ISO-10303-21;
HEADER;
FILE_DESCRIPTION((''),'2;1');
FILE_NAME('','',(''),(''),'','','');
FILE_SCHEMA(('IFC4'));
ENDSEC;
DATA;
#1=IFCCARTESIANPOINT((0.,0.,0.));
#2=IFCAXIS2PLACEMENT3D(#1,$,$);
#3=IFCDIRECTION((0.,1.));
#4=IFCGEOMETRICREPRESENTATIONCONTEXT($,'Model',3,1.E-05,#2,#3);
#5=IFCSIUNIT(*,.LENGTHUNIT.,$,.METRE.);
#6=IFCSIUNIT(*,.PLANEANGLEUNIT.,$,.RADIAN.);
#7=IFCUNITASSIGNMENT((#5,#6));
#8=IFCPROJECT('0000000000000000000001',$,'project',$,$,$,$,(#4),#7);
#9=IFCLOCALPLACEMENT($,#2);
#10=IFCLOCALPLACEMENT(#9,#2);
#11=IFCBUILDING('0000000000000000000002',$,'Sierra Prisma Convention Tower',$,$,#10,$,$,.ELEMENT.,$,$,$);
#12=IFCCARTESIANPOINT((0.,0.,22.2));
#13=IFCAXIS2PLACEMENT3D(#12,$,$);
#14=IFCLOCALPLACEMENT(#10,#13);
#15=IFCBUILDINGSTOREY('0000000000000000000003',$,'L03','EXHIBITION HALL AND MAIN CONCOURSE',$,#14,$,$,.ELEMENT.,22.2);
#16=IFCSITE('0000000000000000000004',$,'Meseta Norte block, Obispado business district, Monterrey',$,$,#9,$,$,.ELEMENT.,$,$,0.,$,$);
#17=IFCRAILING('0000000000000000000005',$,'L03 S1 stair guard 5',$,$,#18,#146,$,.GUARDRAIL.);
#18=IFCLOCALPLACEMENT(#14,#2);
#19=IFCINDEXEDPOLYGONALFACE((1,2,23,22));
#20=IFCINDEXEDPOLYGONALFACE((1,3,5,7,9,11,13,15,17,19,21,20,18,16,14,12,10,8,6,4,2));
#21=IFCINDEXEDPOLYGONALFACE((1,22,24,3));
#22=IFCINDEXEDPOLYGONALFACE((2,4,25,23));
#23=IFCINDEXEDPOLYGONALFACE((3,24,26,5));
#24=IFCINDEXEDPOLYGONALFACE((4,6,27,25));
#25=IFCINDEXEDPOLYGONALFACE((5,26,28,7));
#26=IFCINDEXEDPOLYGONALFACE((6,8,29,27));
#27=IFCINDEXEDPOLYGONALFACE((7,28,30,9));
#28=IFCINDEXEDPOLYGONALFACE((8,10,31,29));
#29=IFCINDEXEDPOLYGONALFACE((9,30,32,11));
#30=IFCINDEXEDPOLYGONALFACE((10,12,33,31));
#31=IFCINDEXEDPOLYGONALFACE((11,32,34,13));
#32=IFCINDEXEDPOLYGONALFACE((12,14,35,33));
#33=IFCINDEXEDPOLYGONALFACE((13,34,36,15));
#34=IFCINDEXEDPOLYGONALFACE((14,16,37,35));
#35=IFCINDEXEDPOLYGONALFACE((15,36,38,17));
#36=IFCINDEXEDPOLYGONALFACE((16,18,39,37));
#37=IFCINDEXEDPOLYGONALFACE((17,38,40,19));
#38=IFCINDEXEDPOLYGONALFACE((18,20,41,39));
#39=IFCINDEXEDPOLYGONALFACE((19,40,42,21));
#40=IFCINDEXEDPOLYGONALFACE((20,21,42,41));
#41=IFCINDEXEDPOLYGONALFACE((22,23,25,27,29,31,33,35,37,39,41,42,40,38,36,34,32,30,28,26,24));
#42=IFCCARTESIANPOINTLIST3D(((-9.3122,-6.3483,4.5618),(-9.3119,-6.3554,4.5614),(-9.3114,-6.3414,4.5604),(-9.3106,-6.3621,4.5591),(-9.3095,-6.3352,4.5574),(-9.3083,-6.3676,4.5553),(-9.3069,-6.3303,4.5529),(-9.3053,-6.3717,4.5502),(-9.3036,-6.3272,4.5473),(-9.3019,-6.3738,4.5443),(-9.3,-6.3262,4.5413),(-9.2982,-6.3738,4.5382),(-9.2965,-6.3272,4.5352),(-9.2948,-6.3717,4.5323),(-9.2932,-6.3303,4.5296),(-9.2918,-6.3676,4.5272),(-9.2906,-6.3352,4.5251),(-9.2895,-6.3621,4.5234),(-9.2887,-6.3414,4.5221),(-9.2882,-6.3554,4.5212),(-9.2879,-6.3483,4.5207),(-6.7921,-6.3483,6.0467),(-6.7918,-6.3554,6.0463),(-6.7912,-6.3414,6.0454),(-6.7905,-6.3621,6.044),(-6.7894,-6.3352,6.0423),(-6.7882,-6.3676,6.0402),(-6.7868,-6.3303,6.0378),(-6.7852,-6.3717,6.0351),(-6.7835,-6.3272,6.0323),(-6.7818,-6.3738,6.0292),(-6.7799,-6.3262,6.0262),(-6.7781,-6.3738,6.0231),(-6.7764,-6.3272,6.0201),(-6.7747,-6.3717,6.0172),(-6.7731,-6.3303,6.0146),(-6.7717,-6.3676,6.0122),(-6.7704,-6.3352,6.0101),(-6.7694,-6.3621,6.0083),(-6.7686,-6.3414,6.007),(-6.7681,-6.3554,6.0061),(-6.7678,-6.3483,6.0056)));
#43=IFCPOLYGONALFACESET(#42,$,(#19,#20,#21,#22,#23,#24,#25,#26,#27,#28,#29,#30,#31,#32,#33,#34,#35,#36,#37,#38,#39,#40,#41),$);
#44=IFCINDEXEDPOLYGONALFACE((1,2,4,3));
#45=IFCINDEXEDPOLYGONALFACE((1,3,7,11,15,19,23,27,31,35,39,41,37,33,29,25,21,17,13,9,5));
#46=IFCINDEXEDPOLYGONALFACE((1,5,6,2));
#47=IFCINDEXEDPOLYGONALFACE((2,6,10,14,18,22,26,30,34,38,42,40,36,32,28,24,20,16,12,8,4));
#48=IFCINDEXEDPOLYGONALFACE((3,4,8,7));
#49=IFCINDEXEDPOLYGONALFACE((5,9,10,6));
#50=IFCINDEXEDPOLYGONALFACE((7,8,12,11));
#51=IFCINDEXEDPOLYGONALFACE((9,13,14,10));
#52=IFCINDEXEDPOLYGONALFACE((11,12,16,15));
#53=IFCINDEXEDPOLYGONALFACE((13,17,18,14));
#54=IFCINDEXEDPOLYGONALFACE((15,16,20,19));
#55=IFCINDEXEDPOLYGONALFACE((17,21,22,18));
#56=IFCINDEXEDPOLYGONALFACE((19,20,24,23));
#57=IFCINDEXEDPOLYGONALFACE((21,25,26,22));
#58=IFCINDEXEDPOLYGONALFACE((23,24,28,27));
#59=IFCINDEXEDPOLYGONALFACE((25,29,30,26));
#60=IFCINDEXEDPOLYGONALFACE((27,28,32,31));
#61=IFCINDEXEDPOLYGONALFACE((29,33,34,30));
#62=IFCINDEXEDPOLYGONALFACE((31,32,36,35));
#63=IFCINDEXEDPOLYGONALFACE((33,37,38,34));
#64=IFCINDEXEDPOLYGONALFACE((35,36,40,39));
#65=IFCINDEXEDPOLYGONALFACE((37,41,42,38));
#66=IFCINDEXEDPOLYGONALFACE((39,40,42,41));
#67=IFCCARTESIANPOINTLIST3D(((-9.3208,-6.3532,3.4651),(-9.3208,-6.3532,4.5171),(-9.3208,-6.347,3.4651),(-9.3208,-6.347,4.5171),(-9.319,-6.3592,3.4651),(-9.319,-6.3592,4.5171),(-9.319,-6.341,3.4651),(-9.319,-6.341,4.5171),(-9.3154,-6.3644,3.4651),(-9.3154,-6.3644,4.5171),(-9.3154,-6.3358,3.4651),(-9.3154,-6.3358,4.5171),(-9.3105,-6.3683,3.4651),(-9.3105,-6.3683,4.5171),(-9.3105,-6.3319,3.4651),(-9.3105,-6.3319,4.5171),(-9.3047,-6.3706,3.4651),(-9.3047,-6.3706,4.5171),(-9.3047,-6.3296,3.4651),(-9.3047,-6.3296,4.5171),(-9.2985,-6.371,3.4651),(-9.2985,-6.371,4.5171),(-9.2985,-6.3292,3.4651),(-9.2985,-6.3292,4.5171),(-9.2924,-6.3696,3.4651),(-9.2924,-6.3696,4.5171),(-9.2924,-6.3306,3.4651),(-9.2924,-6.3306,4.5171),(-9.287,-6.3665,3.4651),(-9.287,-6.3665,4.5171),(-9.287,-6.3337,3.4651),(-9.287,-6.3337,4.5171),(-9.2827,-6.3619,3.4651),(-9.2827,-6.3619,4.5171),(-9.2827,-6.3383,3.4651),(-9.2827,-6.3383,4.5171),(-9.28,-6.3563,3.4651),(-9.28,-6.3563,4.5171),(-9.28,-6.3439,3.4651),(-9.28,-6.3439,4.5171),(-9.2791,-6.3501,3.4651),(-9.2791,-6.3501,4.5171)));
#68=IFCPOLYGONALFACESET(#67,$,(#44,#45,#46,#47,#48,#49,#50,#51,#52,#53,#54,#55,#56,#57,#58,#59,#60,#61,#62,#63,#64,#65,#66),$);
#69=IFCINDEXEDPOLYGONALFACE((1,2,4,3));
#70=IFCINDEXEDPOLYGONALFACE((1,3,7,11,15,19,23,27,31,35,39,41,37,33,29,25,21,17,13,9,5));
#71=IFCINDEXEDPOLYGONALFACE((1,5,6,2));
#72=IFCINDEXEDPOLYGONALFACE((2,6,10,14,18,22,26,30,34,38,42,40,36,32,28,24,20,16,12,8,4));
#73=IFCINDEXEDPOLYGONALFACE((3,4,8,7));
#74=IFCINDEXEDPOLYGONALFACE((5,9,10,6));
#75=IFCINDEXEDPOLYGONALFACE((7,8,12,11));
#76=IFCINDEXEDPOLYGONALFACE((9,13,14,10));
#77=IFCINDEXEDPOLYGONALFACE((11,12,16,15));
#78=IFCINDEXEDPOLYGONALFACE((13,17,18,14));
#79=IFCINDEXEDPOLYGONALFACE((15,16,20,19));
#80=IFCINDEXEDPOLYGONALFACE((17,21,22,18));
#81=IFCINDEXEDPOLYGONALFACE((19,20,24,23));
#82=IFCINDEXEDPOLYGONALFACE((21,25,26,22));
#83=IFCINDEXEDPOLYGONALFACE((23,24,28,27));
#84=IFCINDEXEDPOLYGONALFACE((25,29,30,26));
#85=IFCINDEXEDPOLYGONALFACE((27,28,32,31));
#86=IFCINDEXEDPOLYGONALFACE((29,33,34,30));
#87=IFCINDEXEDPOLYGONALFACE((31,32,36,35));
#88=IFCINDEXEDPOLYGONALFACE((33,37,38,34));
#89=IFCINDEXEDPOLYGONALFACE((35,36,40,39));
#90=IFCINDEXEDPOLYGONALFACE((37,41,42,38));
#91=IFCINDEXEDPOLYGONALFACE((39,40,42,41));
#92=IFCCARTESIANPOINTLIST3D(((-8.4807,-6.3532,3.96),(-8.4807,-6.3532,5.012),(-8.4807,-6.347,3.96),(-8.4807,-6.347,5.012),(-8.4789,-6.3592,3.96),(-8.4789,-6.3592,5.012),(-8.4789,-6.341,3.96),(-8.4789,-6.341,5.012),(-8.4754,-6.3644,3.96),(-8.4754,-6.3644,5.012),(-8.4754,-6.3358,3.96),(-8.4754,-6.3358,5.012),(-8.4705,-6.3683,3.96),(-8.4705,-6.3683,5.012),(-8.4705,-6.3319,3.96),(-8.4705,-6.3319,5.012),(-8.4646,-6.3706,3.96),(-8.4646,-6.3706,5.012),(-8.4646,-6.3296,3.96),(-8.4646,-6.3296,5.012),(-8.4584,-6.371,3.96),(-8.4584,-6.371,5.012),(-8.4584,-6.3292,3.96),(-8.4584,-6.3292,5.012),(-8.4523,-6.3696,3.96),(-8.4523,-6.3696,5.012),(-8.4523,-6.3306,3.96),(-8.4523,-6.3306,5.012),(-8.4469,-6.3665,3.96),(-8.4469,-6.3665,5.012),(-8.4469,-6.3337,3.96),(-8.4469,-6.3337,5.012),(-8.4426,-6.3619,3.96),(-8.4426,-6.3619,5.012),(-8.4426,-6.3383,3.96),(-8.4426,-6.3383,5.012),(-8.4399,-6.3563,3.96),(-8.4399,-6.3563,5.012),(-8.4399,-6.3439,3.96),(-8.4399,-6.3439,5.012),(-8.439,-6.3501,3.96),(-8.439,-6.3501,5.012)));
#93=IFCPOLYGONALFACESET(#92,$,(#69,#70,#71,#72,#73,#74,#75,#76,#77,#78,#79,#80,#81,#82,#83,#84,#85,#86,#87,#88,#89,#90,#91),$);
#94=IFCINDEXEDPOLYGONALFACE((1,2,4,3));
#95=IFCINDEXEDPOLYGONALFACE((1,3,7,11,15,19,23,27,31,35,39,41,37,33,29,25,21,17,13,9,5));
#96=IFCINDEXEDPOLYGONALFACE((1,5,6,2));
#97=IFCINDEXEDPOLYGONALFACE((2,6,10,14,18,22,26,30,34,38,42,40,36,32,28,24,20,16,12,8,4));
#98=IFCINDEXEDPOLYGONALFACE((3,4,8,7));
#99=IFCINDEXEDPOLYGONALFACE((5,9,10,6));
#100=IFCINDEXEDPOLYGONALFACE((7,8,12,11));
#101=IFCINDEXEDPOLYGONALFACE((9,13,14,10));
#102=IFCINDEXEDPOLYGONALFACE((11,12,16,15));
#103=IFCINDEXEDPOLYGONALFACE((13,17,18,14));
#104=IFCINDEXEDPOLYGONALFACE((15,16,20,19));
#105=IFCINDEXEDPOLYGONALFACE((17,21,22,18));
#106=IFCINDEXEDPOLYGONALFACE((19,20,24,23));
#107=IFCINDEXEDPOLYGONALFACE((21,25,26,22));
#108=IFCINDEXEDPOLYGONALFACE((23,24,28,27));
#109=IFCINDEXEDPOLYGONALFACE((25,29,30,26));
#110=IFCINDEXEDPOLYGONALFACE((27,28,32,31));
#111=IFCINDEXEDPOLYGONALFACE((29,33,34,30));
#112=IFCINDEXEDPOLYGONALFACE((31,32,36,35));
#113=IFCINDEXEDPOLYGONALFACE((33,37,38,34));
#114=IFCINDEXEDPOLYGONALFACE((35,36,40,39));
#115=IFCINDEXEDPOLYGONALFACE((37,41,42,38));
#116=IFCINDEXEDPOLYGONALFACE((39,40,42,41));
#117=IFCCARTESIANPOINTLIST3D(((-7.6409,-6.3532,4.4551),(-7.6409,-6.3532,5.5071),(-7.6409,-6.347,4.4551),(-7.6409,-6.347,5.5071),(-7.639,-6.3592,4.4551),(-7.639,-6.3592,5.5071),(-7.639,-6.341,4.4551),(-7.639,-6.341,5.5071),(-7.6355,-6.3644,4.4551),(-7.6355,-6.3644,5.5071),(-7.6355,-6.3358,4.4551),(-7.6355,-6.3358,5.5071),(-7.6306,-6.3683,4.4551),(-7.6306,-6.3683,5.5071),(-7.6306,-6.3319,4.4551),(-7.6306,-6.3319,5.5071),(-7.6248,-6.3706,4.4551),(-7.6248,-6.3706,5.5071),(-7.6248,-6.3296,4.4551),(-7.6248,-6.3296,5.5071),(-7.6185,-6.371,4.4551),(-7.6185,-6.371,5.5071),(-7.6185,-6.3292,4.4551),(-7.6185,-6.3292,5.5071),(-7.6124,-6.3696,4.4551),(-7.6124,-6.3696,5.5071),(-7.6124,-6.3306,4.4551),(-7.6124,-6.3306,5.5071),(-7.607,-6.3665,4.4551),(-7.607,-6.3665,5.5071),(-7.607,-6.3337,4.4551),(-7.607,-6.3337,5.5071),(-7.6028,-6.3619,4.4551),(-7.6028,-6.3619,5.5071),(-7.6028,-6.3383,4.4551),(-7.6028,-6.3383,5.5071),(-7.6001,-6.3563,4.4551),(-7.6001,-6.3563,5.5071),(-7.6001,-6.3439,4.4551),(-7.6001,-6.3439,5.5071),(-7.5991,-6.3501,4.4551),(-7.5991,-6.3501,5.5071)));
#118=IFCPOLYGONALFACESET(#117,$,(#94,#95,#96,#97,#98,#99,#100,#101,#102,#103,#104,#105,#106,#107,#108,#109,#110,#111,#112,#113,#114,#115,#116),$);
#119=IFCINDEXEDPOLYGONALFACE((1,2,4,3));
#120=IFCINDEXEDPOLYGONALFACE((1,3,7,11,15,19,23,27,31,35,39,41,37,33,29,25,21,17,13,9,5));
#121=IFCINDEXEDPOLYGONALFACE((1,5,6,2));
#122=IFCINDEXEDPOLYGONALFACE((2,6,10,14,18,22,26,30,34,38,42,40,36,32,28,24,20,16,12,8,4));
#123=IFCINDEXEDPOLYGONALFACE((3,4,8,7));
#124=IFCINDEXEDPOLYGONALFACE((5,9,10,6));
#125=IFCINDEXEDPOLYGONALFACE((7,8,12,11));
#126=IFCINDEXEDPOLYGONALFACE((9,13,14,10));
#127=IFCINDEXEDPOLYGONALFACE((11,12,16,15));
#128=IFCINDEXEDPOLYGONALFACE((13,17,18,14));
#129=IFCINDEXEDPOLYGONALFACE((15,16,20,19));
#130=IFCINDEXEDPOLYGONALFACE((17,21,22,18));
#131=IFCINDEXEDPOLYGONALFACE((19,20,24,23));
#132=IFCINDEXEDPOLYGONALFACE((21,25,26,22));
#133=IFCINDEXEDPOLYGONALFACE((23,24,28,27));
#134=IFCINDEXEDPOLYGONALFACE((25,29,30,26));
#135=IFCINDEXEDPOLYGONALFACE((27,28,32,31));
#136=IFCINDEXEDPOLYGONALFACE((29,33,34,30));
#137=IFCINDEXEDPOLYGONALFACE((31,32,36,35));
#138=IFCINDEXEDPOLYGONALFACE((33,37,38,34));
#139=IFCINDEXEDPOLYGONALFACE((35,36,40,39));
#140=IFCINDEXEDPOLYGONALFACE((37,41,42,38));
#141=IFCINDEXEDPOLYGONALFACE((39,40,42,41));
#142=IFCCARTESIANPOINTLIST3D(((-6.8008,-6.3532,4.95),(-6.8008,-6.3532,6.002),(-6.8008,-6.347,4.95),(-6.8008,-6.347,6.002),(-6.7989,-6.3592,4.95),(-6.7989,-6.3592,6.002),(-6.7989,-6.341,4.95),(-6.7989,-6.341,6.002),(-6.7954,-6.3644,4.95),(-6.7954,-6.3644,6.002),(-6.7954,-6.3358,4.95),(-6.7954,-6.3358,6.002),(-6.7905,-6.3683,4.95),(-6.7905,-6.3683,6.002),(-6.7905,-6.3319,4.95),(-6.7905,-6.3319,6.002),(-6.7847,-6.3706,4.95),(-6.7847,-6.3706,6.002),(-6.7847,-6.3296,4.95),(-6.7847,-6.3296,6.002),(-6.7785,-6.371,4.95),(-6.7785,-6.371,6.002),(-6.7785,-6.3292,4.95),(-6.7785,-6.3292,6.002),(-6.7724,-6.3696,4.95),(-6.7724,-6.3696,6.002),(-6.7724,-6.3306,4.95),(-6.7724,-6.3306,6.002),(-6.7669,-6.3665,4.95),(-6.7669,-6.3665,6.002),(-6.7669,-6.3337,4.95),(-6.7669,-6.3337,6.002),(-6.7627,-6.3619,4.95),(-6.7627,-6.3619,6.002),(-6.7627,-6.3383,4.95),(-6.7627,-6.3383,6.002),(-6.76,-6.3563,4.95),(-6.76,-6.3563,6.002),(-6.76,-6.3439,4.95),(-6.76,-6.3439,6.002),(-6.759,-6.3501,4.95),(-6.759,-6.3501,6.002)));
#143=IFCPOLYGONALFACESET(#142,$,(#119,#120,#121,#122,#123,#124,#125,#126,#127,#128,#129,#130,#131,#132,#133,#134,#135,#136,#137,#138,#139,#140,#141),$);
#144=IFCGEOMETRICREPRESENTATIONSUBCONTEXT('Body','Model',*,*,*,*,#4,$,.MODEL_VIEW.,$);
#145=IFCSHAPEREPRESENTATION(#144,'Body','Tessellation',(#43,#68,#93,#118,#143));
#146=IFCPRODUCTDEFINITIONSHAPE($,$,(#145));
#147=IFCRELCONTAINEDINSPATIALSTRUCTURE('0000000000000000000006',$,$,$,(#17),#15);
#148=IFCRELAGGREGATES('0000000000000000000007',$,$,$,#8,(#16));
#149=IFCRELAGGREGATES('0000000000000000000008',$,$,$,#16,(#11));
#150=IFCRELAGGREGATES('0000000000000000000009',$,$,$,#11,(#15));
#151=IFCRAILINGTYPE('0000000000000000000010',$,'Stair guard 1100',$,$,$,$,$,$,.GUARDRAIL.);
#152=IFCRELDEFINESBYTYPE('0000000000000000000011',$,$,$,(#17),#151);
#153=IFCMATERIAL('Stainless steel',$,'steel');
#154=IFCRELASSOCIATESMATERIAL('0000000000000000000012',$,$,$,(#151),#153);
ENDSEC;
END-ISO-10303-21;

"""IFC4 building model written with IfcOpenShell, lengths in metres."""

from ifc_helpers import new_model, si_unit, direction, frame, origin, origin_2d, place, context, subcontext, project, spatial, circle, extrude, material, type_object, element, save


model = new_model("IFC4")

# Units and contexts
model_context = context("Model", 3, precision=1e-05, world=origin(), true_north=direction((0.0, 1.0)))
body_context = subcontext(model_context, "Body", "Model", "MODEL_VIEW")
ifc_project = project(units=[si_unit("LENGTHUNIT", "METRE"), si_unit("PLANEANGLEUNIT", "RADIAN")], contexts=[model_context])

# Site, building, storey
site_placement = place(None, origin())
site = spatial("IfcSite", under=ifc_project, at=site_placement, Name="Meseta Norte block, Obispado business district, Monterrey", CompositionType="ELEMENT", RefElevation=0.0)
building_placement = place(site_placement, origin())
building = spatial("IfcBuilding", under=site, at=building_placement, Name="Sierra Prisma Convention Tower", CompositionType="ELEMENT")
storey_placement = place(building_placement, frame((0.0, 0.0, 22.2)))
storey = spatial("IfcBuildingStorey", under=building, at=storey_placement, Name="L03", Description="EXHIBITION HALL AND MAIN CONCOURSE", CompositionType="ELEMENT", Elevation=22.2)

# Railing
ifc_material_1 = material(Name="Stainless steel", Category="steel")
railing_type_1 = type_object("IfcRailingType", Name="Stair guard 1100", PredefinedType="GUARDRAIL", material=ifc_material_1)
railing_1_placement = place(storey_placement, frame((-9.3, -6.3501, 3.4651)))
element("IfcRailing", 1, at=railing_1_placement, inside=storey, type_object=railing_type_1, Name="L03 S1 stair guard 5", PredefinedType="GUARDRAIL", context=body_context, shape_type="SweptSolid", body=[
    extrude(circle(Radius=0.0239, at=origin_2d()), frame((0.0, 0.0, 1.0762), z_axis=(0.861561, 0.0, 0.507655), x_axis=(0.0, 1.0, 0.0)), (0.0, 0.0, 1.0), 2.925),
    extrude(circle(Radius=0.021, at=origin_2d()), origin(), (0.0, 0.0, 1.0), 1.052),
    extrude(circle(Radius=0.021, at=origin_2d()), frame((0.8401, 0.0, 0.4949)), (0.0, 0.0, 1.0), 1.052),
    extrude(circle(Radius=0.021, at=origin_2d()), frame((1.6799, 0.0, 0.99)), (0.0, 0.0, 1.0), 1.052),
    extrude(circle(Radius=0.021, at=origin_2d()), frame((2.52, 0.0, 1.4849)), (0.0, 0.0, 1.0), 1.052),
])

save(model, "model.ifc")
